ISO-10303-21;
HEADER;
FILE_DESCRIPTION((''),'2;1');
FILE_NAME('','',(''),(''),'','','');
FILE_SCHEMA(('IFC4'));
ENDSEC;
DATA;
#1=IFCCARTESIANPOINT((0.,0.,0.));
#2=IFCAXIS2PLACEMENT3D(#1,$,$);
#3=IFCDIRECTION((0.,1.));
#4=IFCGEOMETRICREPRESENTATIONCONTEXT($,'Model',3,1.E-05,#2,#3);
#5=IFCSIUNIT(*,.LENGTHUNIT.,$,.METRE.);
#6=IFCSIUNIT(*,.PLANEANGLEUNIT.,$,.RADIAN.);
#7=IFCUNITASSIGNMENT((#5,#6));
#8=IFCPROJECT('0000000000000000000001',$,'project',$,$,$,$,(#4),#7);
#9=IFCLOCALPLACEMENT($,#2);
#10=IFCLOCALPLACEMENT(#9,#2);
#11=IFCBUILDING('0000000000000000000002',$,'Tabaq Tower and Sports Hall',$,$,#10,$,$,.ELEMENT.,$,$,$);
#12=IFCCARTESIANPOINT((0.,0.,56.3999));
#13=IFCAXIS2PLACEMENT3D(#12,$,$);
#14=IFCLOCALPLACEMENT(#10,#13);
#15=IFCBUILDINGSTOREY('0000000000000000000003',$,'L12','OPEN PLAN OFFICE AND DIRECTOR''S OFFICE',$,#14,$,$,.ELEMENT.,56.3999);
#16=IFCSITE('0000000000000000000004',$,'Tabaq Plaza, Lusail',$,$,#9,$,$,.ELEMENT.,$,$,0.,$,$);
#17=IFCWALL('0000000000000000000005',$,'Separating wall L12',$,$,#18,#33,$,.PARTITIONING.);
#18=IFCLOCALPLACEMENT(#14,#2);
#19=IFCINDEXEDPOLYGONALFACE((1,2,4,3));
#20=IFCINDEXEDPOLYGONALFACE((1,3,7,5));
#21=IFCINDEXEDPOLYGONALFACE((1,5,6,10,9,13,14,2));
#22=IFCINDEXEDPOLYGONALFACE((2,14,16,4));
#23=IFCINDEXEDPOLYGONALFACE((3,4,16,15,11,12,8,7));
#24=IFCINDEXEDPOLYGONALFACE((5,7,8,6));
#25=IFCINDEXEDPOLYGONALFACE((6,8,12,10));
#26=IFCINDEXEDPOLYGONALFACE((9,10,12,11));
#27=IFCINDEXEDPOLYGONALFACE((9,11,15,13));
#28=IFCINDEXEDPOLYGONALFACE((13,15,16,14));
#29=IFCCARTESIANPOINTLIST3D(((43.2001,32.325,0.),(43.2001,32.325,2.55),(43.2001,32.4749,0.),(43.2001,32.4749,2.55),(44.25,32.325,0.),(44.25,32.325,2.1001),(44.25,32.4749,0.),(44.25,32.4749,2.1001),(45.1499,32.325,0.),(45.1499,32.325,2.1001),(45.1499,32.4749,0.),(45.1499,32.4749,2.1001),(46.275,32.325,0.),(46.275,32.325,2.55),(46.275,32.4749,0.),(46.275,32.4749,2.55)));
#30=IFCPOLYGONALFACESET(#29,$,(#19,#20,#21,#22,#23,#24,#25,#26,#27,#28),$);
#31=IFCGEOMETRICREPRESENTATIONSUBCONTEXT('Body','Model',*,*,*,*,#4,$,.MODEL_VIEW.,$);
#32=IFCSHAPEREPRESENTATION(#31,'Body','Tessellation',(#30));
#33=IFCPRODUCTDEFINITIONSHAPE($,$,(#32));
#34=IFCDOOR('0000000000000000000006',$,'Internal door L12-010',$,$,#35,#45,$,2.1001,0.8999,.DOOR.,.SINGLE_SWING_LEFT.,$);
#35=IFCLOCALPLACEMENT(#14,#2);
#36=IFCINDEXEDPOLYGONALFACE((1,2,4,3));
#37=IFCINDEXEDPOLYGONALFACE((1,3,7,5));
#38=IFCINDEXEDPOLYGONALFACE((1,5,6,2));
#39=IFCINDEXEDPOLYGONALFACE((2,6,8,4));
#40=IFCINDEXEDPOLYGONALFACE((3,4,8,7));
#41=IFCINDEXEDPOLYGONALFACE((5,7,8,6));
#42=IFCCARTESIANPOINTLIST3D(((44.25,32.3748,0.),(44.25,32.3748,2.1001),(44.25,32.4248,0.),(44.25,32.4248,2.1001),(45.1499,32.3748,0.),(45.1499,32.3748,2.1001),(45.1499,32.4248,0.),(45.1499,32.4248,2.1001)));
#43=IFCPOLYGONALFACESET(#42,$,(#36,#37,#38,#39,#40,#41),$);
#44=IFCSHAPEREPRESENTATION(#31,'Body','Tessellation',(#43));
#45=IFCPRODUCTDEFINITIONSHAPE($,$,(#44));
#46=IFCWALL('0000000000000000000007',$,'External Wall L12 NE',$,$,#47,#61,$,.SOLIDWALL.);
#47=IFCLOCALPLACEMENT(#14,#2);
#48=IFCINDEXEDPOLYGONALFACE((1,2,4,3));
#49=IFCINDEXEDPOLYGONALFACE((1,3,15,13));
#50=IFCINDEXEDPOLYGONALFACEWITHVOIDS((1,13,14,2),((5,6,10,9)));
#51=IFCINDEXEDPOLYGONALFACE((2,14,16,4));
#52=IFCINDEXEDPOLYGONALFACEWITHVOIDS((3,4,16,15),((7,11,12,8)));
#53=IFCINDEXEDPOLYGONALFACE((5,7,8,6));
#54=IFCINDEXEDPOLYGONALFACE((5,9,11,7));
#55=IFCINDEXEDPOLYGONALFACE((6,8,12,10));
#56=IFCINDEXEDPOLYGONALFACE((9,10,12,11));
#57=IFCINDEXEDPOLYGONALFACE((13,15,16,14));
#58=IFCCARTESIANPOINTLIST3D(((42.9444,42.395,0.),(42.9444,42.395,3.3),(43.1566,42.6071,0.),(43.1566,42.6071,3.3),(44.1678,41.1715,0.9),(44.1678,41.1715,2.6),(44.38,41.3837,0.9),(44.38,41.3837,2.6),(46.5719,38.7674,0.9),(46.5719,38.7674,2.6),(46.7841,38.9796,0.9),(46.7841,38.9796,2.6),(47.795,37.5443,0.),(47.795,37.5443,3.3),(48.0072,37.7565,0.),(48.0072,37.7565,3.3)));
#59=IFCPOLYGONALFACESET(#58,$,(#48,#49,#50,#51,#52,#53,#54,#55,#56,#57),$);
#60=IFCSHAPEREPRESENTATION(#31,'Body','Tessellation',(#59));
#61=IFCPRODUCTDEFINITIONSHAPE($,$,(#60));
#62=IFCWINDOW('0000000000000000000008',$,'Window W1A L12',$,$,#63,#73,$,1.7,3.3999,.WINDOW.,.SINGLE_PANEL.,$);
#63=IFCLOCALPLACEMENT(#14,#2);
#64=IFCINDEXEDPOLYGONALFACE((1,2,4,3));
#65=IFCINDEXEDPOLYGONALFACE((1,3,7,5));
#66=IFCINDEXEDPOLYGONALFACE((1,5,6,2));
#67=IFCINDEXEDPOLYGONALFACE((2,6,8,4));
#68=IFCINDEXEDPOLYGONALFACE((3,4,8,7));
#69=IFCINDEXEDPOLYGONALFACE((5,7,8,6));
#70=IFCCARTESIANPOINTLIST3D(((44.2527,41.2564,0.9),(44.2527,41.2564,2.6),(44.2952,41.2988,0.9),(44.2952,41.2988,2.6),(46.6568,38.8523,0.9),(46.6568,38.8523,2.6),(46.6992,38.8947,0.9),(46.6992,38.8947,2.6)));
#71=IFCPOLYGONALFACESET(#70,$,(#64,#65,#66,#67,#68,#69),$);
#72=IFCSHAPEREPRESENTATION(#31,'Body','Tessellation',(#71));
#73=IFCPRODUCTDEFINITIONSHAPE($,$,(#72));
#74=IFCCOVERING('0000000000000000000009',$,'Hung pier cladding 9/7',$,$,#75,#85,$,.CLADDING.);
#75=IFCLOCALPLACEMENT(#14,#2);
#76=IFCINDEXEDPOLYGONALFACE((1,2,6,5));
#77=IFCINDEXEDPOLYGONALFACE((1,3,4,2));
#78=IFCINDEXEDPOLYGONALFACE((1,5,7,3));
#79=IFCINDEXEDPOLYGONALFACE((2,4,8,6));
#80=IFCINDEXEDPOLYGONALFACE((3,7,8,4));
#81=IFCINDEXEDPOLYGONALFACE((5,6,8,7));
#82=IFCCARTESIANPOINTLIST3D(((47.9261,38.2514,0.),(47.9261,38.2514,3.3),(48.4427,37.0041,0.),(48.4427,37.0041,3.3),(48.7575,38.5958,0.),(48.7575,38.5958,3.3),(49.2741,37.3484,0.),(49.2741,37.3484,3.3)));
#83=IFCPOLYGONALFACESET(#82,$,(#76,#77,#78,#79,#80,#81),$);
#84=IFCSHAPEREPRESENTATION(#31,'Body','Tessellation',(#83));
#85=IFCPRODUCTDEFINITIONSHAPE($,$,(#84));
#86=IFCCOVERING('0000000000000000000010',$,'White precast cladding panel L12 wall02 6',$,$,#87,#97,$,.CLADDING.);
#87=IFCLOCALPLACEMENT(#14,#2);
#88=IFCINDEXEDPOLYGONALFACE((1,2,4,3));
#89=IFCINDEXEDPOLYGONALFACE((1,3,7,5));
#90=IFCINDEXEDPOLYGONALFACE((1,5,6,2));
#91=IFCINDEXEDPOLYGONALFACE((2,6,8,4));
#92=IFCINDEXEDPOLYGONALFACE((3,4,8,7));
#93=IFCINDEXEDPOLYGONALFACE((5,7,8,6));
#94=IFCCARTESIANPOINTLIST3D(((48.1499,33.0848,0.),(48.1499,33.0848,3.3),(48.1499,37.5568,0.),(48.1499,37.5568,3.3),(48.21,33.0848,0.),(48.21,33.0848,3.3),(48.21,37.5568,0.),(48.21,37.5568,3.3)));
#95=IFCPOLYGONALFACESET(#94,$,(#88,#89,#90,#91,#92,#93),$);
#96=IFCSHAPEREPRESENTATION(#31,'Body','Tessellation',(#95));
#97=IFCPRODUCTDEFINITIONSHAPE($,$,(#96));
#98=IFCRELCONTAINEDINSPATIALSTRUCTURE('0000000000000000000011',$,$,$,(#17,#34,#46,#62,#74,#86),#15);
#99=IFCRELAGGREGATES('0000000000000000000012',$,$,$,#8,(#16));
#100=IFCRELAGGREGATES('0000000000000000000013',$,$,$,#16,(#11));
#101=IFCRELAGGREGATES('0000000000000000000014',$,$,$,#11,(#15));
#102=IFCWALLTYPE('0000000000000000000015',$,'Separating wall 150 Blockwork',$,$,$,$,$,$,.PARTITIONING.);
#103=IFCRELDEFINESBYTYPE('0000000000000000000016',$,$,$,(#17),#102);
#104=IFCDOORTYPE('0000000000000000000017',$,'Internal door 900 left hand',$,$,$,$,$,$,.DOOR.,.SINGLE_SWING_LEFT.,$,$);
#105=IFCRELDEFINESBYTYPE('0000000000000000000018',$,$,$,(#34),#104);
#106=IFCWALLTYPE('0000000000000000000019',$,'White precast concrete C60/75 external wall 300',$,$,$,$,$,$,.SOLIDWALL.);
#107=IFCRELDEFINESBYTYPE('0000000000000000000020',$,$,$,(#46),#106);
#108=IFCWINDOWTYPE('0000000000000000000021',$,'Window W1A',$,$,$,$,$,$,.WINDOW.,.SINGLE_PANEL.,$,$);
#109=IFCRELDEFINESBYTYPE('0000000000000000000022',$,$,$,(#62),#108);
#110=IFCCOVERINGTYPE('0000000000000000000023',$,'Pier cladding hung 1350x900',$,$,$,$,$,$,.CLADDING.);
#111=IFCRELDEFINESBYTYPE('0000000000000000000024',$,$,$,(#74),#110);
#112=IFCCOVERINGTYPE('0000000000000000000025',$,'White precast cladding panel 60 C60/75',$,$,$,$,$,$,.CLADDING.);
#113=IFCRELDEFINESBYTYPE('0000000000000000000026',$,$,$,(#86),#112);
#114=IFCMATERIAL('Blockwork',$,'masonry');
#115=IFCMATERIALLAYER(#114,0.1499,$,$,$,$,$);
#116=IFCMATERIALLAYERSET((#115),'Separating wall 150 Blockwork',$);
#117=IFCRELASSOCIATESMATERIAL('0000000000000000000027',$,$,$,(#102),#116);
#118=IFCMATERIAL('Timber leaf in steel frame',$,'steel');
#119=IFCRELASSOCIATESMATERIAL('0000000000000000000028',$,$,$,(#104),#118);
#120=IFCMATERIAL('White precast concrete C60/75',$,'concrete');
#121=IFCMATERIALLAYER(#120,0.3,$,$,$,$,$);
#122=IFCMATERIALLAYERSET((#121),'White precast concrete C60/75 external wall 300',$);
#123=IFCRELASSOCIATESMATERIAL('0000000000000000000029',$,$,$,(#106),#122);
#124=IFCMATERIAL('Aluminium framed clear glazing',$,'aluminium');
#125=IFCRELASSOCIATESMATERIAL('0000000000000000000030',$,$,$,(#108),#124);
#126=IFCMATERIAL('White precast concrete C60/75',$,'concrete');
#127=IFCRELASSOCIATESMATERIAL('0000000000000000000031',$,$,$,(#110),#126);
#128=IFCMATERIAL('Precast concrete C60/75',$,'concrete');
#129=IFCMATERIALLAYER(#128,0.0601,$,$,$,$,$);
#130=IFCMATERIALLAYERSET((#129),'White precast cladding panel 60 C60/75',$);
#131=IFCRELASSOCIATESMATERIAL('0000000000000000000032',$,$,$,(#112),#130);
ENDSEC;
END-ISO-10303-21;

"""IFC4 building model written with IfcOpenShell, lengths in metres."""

from ifc_helpers import new_model, si_unit, direction, frame, frame_2d, origin, place, context, subcontext, project, spatial, rectangle, extrude, material, layer, layer_set, type_object, element, fill, save


model = new_model("IFC4")

# Units and contexts
model_context = context("Model", 3, precision=1e-05, world=origin(), true_north=direction((0.0, 1.0)))
body_context = subcontext(model_context, "Body", "Model", "MODEL_VIEW")
ifc_project = project(units=[si_unit("LENGTHUNIT", "METRE"), si_unit("PLANEANGLEUNIT", "RADIAN")], contexts=[model_context])

# Site, building, storey
site_placement = place(None, origin())
site = spatial("IfcSite", under=ifc_project, at=site_placement, Name="Tabaq Plaza, Lusail", CompositionType="ELEMENT", RefElevation=0.0)
building_placement = place(site_placement, origin())
building = spatial("IfcBuilding", under=site, at=building_placement, Name="Tabaq Tower and Sports Hall", CompositionType="ELEMENT")
storey_placement = place(building_placement, frame((0.0, 0.0, 56.3999)))
storey = spatial("IfcBuildingStorey", under=building, at=storey_placement, Name="L12", Description="OPEN PLAN OFFICE AND DIRECTOR'S OFFICE", CompositionType="ELEMENT", Elevation=56.3999)

# Shared definitions
ifc_material_1 = material(Name="Blockwork", Category="masonry")
ifc_layer_1 = layer(ifc_material_1, 0.1499)
ifc_layer_set_1 = layer_set([ifc_layer_1], Name="Separating wall 150 Blockwork")
wall_type_1 = type_object("IfcWallType", Name="Separating wall 150 Blockwork", PredefinedType="PARTITIONING", material=ifc_layer_set_1)

# Wall, opening, door
wall_1_placement = place(storey_placement, frame((43.2, 32.3999, 0.0), z_axis=(0.0, 0.0, 1.0), x_axis=(1.0, 0.0, 0.0)))
wall_1 = element("IfcWall", 1, at=wall_1_placement, inside=storey, type_object=wall_type_1, Name="Separating wall L12", PredefinedType="PARTITIONING", context=body_context, shape_type="SweptSolid", body=[
    extrude(rectangle(XDim=3.075, YDim=0.1499, at=frame_2d((1.5376, 0.0))), origin(), (0.0, 0.0, 1.0), 2.55),
])
opening_1_placement = place(wall_1_placement, frame((1.05, 0.0, 0.0)))
opening_1 = element("IfcOpeningElement", 2, at=opening_1_placement, cuts=wall_1, PredefinedType="OPENING", context=body_context, shape_type="SweptSolid", body=[
    extrude(rectangle(XDim=0.8999, YDim=2.1001, at=frame_2d((0.45, 1.05))), frame((0.0, 0.075, 0.0), z_axis=(0.0, -1.0, 0.0), x_axis=(1.0, 0.0, 0.0)), (0.0, 0.0, 1.0), 0.1499),
])
ifc_material_2 = material(Name="Timber leaf in steel frame", Category="steel")
door_type_1 = type_object("IfcDoorType", Name="Internal door 900 left hand", OperationType="SINGLE_SWING_LEFT", PredefinedType="DOOR", material=ifc_material_2)
door_1_placement = place(opening_1_placement, origin())
door_1 = element("IfcDoor", 3, at=door_1_placement, inside=storey, type_object=door_type_1, Name="Internal door L12-010", OperationType="SINGLE_SWING_LEFT", OverallHeight=2.1001, OverallWidth=0.8999, PredefinedType="DOOR", context=body_context, shape_type="SweptSolid", body=[
    extrude(rectangle(XDim=0.8999, YDim=2.1001, at=frame_2d((0.45, 1.05))), frame((0.0, 0.0249, 0.0), z_axis=(0.0, -1.0, 0.0), x_axis=(1.0, 0.0, 0.0)), (0.0, 0.0, 1.0), 0.05),
])
fill(opening_1, door_1)

# Wall, opening, window
ifc_material_3 = material(Name="White precast concrete C60/75", Category="concrete")
ifc_layer_2 = layer(ifc_material_3, 0.3)
ifc_layer_set_2 = layer_set([ifc_layer_2], Name="White precast concrete C60/75 external wall 300")
wall_type_2 = type_object("IfcWallType", Name="White precast concrete C60/75 external wall 300", PredefinedType="SOLIDWALL", material=ifc_layer_set_2)
wall_2_placement = place(storey_placement, frame((47.9011, 37.6504, 0.0), z_axis=(0.0, 0.0, 1.0), x_axis=(-0.707107, 0.707107, 0.0)))
wall_2 = element("IfcWall", 4, at=wall_2_placement, inside=storey, type_object=wall_type_2, Name="External Wall L12 NE", PredefinedType="SOLIDWALL", context=body_context, shape_type="SweptSolid", body=[
    extrude(rectangle(XDim=6.8599, YDim=0.3, at=frame_2d((3.4299, 0.0))), origin(), (0.0, 0.0, 1.0), 3.3),
])
opening_2_placement = place(wall_2_placement, frame((1.7297, 0.0, 0.8999)))
opening_2 = element("IfcOpeningElement", 5, at=opening_2_placement, cuts=wall_2, PredefinedType="OPENING", context=body_context, shape_type="SweptSolid", body=[
    extrude(rectangle(XDim=3.3999, YDim=1.7, at=frame_2d((1.7, 0.8501))), frame((0.0, 0.1602, 0.0), z_axis=(0.0, -1.0, 0.0), x_axis=(1.0, 0.0, 0.0)), (0.0, 0.0, 1.0), 0.3201),
])
ifc_material_4 = material(Name="Aluminium framed clear glazing", Category="aluminium")
window_type = type_object("IfcWindowType", Name="Window W1A", PartitioningType="SINGLE_PANEL", PredefinedType="WINDOW", material=ifc_material_4)
window_placement = place(opening_2_placement, origin())
window = element("IfcWindow", 6, at=window_placement, inside=storey, type_object=window_type, Name="Window W1A L12", OverallHeight=1.7, OverallWidth=3.3999, PartitioningType="SINGLE_PANEL", PredefinedType="WINDOW", context=body_context, shape_type="SweptSolid", body=[
    extrude(rectangle(XDim=3.3999, YDim=1.7, at=frame_2d((1.7, 0.8501))), frame((0.0, 0.03, 0.0), z_axis=(0.0, -1.0, 0.0), x_axis=(1.0, 0.0, 0.0)), (0.0, 0.0, 1.0), 0.0601),
])
fill(opening_2, window)

# Coverings
ifc_material_5 = material(Name="White precast concrete C60/75", Category="concrete")
covering_type_1 = type_object("IfcCoveringType", Name="Pier cladding hung 1350x900", PredefinedType="CLADDING", material=ifc_material_5)
covering_1_placement = place(storey_placement, frame((48.8584, 37.1763, 0.0), z_axis=(0.0, 0.0, 1.0), x_axis=(-0.38265, 0.923893, 0.0)))
element("IfcCovering", 7, at=covering_1_placement, inside=storey, type_object=covering_type_1, Name="Hung pier cladding 9/7", PredefinedType="CLADDING", context=body_context, shape_type="SweptSolid", body=[
    extrude(rectangle(XDim=1.3501, YDim=0.8999, at=frame_2d((0.675, 0.0))), origin(), (0.0, 0.0, 1.0), 3.3),
])
ifc_material_6 = material(Name="Precast concrete C60/75", Category="concrete")
ifc_layer_3 = layer(ifc_material_6, 0.0601)
ifc_layer_set_3 = layer_set([ifc_layer_3], Name="White precast cladding panel 60 C60/75")
covering_type_2 = type_object("IfcCoveringType", Name="White precast cladding panel 60 C60/75", PredefinedType="CLADDING", material=ifc_layer_set_3)
covering_2_placement = place(storey_placement, frame((48.1799, 33.085, 0.0), z_axis=(0.0, 0.0, 1.0), x_axis=(0.0, 1.0, 0.0)))
element("IfcCovering", 8, at=covering_2_placement, inside=storey, type_object=covering_type_2, Name="White precast cladding panel L12 wall02 6", PredefinedType="CLADDING", context=body_context, shape_type="SweptSolid", body=[
    extrude(rectangle(XDim=4.4719, YDim=0.0601, at=frame_2d((2.2358, 0.0))), origin(), (0.0, 0.0, 1.0), 3.3),
])

save(model, "model.ifc")
